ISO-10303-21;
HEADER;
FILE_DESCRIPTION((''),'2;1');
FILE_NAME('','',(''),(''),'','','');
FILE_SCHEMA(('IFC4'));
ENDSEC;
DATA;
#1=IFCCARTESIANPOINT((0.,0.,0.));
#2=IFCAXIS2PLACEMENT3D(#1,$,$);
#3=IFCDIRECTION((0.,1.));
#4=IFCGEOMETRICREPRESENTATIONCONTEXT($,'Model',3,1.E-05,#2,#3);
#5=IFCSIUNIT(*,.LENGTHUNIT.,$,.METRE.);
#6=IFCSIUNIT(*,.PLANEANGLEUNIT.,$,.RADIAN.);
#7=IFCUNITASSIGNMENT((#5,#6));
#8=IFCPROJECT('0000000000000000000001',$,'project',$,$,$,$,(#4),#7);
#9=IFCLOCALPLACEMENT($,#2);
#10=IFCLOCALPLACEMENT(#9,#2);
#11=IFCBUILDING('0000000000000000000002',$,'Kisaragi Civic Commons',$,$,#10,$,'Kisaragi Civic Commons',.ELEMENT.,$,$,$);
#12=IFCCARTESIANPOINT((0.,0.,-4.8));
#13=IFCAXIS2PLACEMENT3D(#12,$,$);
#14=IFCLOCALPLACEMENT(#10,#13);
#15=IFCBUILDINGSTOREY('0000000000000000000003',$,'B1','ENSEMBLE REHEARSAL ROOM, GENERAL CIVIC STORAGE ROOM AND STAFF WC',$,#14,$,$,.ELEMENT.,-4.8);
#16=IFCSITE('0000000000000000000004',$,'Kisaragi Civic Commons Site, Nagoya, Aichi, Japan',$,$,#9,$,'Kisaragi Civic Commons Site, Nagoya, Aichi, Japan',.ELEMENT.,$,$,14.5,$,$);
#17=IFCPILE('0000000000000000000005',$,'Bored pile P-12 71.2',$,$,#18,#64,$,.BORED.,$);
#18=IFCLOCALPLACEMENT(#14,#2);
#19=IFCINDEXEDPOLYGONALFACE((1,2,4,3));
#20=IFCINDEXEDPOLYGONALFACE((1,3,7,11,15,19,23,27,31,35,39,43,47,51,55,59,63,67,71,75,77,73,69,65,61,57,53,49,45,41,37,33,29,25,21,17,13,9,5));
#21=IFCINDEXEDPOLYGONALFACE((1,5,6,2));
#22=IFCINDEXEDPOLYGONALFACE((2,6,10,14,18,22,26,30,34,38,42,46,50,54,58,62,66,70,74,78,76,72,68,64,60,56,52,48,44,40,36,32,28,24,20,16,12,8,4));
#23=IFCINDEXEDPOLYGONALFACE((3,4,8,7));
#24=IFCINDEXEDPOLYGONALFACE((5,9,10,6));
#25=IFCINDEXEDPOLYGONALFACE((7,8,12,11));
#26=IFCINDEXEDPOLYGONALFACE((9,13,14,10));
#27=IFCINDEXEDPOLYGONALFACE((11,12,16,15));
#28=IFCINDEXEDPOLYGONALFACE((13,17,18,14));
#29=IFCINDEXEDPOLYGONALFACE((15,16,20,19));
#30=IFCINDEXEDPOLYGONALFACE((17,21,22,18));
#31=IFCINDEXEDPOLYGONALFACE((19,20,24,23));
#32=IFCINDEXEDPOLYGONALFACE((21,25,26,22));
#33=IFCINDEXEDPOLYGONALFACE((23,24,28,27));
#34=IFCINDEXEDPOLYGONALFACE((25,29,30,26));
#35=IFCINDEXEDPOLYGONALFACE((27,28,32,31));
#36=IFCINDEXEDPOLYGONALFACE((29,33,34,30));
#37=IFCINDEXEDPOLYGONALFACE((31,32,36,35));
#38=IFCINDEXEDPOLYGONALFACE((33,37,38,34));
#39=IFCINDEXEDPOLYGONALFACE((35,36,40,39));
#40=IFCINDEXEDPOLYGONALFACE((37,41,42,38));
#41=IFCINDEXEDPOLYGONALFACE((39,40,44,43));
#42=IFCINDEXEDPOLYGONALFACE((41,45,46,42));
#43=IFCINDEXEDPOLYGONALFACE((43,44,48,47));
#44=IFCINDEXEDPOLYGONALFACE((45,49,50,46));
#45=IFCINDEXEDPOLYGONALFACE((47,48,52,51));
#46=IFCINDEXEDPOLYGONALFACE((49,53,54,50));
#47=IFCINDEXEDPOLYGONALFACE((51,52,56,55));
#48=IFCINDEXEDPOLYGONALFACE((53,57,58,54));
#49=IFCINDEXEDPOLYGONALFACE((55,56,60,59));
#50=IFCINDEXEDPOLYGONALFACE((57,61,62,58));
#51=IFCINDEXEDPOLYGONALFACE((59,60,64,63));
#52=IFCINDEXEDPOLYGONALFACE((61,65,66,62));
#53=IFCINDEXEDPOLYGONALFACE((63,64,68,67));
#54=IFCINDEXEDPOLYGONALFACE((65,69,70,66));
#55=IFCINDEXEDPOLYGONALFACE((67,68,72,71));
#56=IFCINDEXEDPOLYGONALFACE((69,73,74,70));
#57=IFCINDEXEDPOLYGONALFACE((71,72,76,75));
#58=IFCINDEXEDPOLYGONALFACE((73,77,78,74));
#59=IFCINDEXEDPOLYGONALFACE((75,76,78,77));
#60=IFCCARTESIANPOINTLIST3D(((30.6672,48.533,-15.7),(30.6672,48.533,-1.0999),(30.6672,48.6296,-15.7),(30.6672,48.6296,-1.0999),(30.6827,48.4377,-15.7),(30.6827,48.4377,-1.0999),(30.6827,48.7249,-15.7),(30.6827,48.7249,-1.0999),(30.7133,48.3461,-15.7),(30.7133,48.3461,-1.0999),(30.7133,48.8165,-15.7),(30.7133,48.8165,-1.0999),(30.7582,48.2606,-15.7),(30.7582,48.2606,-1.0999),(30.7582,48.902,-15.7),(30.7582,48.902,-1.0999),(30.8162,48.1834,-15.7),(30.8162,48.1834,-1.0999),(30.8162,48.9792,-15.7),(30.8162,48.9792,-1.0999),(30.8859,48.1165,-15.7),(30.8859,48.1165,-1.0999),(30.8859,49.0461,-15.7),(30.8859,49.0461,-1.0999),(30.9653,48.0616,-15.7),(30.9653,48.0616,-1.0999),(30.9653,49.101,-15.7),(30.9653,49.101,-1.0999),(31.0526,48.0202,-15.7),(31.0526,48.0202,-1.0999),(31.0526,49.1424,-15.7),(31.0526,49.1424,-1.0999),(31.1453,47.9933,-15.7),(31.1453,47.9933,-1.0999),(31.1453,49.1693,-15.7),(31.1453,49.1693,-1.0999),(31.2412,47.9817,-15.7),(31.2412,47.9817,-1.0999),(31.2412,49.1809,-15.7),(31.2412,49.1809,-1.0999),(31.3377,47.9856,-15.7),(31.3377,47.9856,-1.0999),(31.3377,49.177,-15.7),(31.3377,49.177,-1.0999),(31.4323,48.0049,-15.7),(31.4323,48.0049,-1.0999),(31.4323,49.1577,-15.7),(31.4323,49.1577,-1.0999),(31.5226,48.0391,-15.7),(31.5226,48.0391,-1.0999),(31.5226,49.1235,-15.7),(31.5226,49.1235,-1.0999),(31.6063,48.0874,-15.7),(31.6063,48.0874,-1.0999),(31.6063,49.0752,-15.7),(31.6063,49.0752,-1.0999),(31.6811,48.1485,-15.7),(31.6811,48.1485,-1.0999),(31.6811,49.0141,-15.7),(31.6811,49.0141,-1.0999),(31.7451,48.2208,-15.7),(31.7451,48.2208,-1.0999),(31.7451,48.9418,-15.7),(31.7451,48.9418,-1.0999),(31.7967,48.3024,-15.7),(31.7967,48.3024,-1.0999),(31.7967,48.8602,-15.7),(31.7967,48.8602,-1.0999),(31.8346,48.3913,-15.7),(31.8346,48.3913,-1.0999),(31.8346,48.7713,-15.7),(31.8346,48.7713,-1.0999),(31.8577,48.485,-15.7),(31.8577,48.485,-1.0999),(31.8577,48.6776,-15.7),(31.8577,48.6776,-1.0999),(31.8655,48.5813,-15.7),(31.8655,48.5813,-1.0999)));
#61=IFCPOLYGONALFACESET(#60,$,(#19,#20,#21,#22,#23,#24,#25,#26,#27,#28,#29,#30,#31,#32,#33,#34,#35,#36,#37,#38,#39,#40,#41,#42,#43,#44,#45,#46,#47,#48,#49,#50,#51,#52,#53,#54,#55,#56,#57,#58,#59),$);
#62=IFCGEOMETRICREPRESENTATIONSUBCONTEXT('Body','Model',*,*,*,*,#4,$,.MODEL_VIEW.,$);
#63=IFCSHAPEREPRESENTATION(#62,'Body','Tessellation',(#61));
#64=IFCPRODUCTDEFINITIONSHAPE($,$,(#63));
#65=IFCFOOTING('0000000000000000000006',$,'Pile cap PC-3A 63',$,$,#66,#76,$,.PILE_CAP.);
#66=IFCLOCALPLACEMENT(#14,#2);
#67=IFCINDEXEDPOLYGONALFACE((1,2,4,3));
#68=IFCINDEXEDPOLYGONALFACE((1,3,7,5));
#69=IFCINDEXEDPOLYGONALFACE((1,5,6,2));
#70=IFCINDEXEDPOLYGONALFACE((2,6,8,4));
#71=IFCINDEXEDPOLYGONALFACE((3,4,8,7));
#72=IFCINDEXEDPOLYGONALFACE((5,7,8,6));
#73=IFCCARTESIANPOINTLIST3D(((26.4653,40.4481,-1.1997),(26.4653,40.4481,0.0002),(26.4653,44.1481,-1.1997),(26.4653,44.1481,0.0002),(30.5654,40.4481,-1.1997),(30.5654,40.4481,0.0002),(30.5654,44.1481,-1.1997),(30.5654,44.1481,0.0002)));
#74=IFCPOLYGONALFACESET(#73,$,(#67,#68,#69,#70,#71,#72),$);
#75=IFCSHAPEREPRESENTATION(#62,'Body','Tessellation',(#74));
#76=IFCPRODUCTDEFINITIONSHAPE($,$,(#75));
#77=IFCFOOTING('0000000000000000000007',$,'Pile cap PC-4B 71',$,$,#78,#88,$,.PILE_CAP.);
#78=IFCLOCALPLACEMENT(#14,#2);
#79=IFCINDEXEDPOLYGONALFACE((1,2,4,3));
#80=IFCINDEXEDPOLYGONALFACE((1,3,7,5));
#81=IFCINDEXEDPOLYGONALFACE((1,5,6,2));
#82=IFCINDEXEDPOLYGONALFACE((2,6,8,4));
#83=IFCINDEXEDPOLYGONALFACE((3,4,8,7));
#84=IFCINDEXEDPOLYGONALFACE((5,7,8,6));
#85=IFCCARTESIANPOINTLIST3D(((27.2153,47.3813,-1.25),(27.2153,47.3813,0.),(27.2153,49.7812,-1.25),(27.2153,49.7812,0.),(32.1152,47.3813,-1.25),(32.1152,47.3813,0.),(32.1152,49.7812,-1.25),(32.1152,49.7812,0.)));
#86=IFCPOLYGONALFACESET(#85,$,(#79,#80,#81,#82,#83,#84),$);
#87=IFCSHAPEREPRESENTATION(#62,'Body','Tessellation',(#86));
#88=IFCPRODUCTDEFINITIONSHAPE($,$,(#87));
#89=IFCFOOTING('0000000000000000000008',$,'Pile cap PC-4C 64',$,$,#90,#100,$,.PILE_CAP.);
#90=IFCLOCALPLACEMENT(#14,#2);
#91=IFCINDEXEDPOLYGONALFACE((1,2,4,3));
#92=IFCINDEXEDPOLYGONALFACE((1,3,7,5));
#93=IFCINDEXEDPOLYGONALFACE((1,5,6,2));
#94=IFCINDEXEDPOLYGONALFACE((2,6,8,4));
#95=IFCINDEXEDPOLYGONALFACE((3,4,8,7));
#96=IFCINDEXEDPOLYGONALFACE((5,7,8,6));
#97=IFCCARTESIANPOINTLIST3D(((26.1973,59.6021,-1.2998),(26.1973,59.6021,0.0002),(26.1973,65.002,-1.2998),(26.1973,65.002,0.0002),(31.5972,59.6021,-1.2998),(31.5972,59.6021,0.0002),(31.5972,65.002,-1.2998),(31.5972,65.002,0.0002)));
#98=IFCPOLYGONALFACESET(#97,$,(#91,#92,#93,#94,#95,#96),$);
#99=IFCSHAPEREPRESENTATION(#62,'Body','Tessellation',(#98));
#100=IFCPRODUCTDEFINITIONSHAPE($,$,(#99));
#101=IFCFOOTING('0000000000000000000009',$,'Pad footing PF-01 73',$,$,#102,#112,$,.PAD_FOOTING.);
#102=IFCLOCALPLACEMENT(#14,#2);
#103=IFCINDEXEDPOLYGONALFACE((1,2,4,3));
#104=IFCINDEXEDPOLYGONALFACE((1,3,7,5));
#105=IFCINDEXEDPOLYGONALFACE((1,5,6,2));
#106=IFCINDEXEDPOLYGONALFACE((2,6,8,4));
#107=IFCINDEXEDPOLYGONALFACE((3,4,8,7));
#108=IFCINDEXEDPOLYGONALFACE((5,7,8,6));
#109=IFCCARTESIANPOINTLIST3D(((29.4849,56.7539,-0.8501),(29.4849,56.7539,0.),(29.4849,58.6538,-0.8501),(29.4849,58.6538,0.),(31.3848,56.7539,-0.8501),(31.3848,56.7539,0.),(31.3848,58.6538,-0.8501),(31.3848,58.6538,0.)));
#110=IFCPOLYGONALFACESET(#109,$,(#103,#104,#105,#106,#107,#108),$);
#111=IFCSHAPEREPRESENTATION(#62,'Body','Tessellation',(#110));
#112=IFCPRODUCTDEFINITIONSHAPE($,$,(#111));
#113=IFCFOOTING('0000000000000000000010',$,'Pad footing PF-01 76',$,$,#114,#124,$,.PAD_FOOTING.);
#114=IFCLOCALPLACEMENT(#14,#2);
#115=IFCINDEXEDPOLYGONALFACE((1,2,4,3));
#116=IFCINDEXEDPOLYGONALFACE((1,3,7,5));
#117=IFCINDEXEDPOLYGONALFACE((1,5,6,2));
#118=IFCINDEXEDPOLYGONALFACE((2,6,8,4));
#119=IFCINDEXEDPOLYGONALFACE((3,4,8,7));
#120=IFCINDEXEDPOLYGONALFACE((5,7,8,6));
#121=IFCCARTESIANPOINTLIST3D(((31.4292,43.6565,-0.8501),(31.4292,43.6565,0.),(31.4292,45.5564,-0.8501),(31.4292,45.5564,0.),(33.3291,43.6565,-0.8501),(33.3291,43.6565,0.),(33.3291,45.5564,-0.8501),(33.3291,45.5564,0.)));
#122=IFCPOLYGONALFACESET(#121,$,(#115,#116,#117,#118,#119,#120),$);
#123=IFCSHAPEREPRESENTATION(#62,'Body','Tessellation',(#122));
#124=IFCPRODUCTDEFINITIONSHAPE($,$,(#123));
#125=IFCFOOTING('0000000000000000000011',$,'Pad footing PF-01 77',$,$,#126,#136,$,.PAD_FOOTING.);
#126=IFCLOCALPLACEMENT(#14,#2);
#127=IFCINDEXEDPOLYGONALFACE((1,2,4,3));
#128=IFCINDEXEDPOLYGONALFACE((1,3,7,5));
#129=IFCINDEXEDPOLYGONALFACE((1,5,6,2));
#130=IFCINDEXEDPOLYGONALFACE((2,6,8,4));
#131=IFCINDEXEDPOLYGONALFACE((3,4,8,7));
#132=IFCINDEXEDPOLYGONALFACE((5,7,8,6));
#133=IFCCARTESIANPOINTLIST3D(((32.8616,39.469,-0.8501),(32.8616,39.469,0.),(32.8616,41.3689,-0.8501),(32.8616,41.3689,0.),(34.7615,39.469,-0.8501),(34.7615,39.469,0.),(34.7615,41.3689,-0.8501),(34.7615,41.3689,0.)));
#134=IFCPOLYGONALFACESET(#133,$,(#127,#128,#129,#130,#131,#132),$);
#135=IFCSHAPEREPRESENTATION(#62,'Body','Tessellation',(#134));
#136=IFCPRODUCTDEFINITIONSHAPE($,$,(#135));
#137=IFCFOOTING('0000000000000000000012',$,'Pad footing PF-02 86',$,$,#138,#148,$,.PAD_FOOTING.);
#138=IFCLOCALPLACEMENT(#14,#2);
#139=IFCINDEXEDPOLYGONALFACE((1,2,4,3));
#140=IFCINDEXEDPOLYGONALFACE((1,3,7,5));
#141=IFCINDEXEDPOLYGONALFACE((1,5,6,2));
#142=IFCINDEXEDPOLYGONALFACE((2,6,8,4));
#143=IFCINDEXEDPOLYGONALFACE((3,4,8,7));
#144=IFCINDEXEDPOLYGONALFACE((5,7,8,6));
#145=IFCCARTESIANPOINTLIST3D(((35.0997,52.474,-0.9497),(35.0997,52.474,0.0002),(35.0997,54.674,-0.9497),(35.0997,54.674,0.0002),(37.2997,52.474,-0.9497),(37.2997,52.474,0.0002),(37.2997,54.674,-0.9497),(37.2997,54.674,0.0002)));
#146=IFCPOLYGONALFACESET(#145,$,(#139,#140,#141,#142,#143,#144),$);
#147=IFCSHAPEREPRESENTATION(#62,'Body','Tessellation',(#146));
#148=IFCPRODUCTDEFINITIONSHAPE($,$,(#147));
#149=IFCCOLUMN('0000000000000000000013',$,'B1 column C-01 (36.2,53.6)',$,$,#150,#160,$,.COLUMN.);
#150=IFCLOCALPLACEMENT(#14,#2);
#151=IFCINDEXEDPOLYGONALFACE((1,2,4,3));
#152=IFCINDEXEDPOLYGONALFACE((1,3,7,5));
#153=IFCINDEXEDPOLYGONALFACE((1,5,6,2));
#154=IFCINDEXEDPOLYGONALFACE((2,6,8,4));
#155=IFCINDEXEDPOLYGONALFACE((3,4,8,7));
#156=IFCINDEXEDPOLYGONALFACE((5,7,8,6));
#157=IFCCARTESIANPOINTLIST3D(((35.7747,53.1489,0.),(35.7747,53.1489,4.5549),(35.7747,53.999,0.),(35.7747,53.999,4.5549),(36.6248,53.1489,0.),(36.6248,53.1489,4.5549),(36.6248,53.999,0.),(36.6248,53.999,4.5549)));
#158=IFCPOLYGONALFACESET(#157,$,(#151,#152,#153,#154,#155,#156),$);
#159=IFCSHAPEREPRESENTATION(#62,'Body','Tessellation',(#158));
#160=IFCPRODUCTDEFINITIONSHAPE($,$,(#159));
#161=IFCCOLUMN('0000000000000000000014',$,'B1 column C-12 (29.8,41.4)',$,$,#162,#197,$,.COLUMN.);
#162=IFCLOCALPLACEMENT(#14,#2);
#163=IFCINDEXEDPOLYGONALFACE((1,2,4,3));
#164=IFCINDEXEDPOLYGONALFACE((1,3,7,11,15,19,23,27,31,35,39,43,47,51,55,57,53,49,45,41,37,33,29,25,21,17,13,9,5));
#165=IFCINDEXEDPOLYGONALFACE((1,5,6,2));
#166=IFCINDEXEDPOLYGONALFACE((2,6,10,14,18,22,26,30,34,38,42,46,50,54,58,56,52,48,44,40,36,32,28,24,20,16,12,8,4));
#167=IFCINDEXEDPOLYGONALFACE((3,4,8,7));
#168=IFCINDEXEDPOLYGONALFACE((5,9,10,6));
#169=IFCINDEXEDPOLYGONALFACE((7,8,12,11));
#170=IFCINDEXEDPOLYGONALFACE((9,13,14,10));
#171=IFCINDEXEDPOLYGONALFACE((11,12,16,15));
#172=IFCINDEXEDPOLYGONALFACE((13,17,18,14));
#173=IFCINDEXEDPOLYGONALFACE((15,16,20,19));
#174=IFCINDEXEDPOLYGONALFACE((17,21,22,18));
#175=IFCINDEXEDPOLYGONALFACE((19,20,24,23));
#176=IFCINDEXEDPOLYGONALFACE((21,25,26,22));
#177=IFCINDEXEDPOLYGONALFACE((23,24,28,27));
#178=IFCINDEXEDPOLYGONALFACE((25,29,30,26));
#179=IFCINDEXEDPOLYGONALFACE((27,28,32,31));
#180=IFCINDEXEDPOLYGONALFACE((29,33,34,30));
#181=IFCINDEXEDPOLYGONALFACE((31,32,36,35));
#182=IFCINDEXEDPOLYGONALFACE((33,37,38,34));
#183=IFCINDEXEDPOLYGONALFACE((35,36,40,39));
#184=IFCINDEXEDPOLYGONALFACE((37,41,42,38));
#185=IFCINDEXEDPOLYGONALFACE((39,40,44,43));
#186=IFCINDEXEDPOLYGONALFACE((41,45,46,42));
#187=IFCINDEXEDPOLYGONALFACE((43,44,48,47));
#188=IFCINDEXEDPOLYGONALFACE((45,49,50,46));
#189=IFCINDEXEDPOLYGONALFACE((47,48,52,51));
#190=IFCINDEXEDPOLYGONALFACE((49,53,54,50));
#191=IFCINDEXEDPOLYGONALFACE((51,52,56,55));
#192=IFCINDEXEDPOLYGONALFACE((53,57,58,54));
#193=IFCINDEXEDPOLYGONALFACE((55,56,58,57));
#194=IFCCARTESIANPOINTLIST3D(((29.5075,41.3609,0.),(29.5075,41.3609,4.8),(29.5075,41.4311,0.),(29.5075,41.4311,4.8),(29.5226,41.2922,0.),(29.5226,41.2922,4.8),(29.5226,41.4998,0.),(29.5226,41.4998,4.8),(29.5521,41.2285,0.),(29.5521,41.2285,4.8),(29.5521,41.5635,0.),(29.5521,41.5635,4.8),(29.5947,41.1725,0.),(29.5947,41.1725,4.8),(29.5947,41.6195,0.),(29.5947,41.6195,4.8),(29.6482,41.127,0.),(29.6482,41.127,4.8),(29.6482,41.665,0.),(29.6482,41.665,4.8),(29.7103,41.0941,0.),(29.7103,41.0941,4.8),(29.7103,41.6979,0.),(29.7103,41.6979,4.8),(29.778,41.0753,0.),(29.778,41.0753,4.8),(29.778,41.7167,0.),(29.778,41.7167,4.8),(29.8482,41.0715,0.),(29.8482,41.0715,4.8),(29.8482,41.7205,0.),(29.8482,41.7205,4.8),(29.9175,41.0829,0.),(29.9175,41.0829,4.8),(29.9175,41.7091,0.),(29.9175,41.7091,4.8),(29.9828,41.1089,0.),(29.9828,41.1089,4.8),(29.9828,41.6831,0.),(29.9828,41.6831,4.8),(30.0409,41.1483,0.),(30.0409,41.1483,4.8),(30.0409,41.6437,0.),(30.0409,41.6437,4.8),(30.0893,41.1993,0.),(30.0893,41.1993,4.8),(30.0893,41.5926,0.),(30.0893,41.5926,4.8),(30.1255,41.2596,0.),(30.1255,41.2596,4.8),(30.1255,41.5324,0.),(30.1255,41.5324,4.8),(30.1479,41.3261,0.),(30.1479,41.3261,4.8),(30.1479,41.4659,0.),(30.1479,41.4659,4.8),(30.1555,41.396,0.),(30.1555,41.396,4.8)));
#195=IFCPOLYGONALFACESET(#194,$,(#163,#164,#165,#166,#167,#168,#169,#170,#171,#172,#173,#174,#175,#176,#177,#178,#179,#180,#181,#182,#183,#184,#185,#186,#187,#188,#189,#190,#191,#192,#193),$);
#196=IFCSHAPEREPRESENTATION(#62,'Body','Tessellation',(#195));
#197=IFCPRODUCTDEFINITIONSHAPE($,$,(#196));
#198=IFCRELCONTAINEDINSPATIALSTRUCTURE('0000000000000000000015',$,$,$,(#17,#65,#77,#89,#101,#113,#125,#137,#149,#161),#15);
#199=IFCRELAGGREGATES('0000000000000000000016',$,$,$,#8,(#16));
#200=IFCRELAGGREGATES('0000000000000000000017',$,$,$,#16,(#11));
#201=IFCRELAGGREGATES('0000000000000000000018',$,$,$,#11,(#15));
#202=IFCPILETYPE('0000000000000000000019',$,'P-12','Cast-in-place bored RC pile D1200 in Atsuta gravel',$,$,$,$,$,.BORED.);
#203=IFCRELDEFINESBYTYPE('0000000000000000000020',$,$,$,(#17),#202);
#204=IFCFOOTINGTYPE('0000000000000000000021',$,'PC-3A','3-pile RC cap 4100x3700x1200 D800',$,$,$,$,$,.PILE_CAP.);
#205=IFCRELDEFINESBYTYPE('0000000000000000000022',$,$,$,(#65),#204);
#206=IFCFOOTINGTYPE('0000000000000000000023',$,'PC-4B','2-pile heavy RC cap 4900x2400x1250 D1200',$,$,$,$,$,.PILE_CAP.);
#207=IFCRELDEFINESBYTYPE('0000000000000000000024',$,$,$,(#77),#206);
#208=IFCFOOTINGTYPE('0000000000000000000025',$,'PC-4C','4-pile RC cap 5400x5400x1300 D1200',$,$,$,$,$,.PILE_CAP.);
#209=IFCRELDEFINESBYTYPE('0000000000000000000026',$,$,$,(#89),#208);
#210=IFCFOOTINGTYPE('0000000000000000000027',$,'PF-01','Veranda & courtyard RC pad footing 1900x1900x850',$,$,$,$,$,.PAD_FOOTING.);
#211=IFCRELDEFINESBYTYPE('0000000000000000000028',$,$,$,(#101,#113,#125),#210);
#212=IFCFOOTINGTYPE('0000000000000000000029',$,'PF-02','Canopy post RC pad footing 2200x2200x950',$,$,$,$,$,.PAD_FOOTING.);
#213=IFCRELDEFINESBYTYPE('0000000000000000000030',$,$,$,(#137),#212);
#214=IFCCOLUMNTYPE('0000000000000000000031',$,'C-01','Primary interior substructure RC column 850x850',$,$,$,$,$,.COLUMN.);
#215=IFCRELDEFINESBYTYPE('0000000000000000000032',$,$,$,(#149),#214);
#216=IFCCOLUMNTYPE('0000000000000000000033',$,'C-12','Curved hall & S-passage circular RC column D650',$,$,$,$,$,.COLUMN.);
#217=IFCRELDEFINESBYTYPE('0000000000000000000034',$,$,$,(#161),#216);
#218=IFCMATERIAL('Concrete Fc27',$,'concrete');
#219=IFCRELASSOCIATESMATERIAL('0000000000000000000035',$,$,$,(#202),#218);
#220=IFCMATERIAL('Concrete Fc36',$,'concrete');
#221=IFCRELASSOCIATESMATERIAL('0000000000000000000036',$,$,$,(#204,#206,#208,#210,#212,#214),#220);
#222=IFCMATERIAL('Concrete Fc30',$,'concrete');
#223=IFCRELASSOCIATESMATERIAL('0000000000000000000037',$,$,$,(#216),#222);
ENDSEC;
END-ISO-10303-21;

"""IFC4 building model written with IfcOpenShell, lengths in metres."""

from ifc_helpers import new_model, si_unit, direction, frame, origin, origin_2d, place, context, subcontext, project, spatial, rectangle, circle, extrude, material, material_profile, profile_set, type_object, element, save


model = new_model("IFC4")

# Units and contexts
model_context = context("Model", 3, precision=1e-05, world=origin(), true_north=direction((0.0, 1.0)))
body_context = subcontext(model_context, "Body", "Model", "MODEL_VIEW")
ifc_project = project(units=[si_unit("LENGTHUNIT", "METRE"), si_unit("PLANEANGLEUNIT", "RADIAN")], contexts=[model_context])

# Site, building, storey
site_placement = place(None, origin())
site = spatial("IfcSite", under=ifc_project, at=site_placement, Name="Kisaragi Civic Commons Site, Nagoya, Aichi, Japan", LongName="Kisaragi Civic Commons Site, Nagoya, Aichi, Japan", CompositionType="ELEMENT", RefElevation=14.5)
building_placement = place(site_placement, origin())
building = spatial("IfcBuilding", under=site, at=building_placement, Name="Kisaragi Civic Commons", LongName="Kisaragi Civic Commons", CompositionType="ELEMENT")
storey_placement = place(building_placement, frame((0.0, 0.0, -4.8)))
storey = spatial("IfcBuildingStorey", under=building, at=storey_placement, Name="B1", Description="ENSEMBLE REHEARSAL ROOM, GENERAL CIVIC STORAGE ROOM AND STAFF WC", CompositionType="ELEMENT", Elevation=-4.8)

# Shared definitions
ifc_material_1 = material(Name="Concrete Fc27", Category="concrete")

# Pile
ifc_material_profile_1 = material_profile(ifc_material_1, circle(Radius=0.6001, at=origin_2d()), Name="PILE-D1200", Category="concrete")
ifc_profile_set_1 = profile_set([ifc_material_profile_1], Name="Concrete Fc27")
pile_type_1 = type_object("IfcPileType", Name="P-12", Description="Cast-in-place bored RC pile D1200 in Atsuta gravel", PredefinedType="BORED", material=ifc_profile_set_1)
for number, where, z_axis, x_axis, name in (
    (1, (31.2654, 48.5813, -1.0999), (0.0, 0.0, -1.0), (1.0, 0.0, 0.0), "Bored pile P-12 71.2"),
):
    element("IfcPile", number, at=place(storey_placement, frame(where, z_axis=z_axis, x_axis=x_axis)), inside=storey, type_object=pile_type_1, Name=name, PredefinedType="BORED", context=body_context, shape_type="SweptSolid", body=[
        extrude(circle(Radius=0.6001, at=origin_2d()), origin(), (0.0, 0.0, 1.0), 14.6001),
    ])

# Footings
ifc_material_2 = material(Name="Concrete Fc36", Category="concrete")
footing_type_1 = type_object("IfcFootingType", Name="PC-3A", Description="3-pile RC cap 4100x3700x1200 D800", PredefinedType="PILE_CAP", material=ifc_material_2)
footing_1_placement = place(storey_placement, frame((28.5154, 42.2981, -1.1997), z_axis=(0.0, 0.0, 1.0), x_axis=(1.0, 0.0, 0.0)))
element("IfcFooting", 2, at=footing_1_placement, inside=storey, type_object=footing_type_1, Name="Pile cap PC-3A 63", PredefinedType="PILE_CAP", context=body_context, shape_type="SweptSolid", body=[
    extrude(rectangle(XDim=4.1001, YDim=3.7, at=origin_2d()), origin(), (0.0, 0.0, 1.0), 1.2),
])
footing_type_2 = type_object("IfcFootingType", Name="PC-4B", Description="2-pile heavy RC cap 4900x2400x1250 D1200", PredefinedType="PILE_CAP", material=ifc_material_2)
footing_2_placement = place(storey_placement, frame((29.6653, 48.5813, -1.25), z_axis=(0.0, 0.0, 1.0), x_axis=(1.0, 0.0, 0.0)))
element("IfcFooting", 3, at=footing_2_placement, inside=storey, type_object=footing_type_2, Name="Pile cap PC-4B 71", PredefinedType="PILE_CAP", context=body_context, shape_type="SweptSolid", body=[
    extrude(rectangle(XDim=4.8999, YDim=2.3999, at=origin_2d()), origin(), (0.0, 0.0, 1.0), 1.25),
])
footing_type_3 = type_object("IfcFootingType", Name="PC-4C", Description="4-pile RC cap 5400x5400x1300 D1200", PredefinedType="PILE_CAP", material=ifc_material_2)
footing_3_placement = place(storey_placement, frame((28.8972, 62.302, -1.2998), z_axis=(0.0, 0.0, 1.0), x_axis=(1.0, 0.0, 0.0)))
element("IfcFooting", 4, at=footing_3_placement, inside=storey, type_object=footing_type_3, Name="Pile cap PC-4C 64", PredefinedType="PILE_CAP", context=body_context, shape_type="SweptSolid", body=[
    extrude(rectangle(XDim=5.3999, YDim=5.3999, at=origin_2d()), origin(), (0.0, 0.0, 1.0), 1.3),
])
footing_type_4 = type_object("IfcFootingType", Name="PF-01", Description="Veranda & courtyard RC pad footing 1900x1900x850", PredefinedType="PAD_FOOTING", material=ifc_material_2)
for number, where, z_axis, x_axis, name in (
    (5, (30.4348, 57.7039, -0.8501), (0.0, 0.0, 1.0), (1.0, 0.0, 0.0), "Pad footing PF-01 73"),
    (6, (32.3792, 44.6064, -0.8501), (0.0, 0.0, 1.0), (1.0, 0.0, 0.0), "Pad footing PF-01 76"),
    (7, (33.8115, 40.4189, -0.8501), (0.0, 0.0, 1.0), (1.0, 0.0, 0.0), "Pad footing PF-01 77"),
):
    element("IfcFooting", number, at=place(storey_placement, frame(where, z_axis=z_axis, x_axis=x_axis)), inside=storey, type_object=footing_type_4, Name=name, PredefinedType="PAD_FOOTING", context=body_context, shape_type="SweptSolid", body=[
        extrude(rectangle(XDim=1.8999, YDim=1.8999, at=origin_2d()), origin(), (0.0, 0.0, 1.0), 0.8501),
    ])
footing_type_5 = type_object("IfcFootingType", Name="PF-02", Description="Canopy post RC pad footing 2200x2200x950", PredefinedType="PAD_FOOTING", material=ifc_material_2)
footing_4_placement = place(storey_placement, frame((36.1997, 53.574, -0.9497), z_axis=(0.0, 0.0, 1.0), x_axis=(1.0, 0.0, 0.0)))
element("IfcFooting", 8, at=footing_4_placement, inside=storey, type_object=footing_type_5, Name="Pad footing PF-02 86", PredefinedType="PAD_FOOTING", context=body_context, shape_type="SweptSolid", body=[
    extrude(rectangle(XDim=2.2, YDim=2.2, at=origin_2d()), origin(), (0.0, 0.0, 1.0), 0.95),
])

# Columns
ifc_material_profile_2 = material_profile(ifc_material_2, rectangle(XDim=0.8501, YDim=0.8501, at=origin_2d()), Name="RC-850x850", Category="concrete")
ifc_profile_set_2 = profile_set([ifc_material_profile_2], Name="Concrete Fc36")
column_type_1 = type_object("IfcColumnType", Name="C-01", Description="Primary interior substructure RC column 850x850", PredefinedType="COLUMN", material=ifc_profile_set_2)
column_1_placement = place(storey_placement, frame((36.1997, 53.574, 0.0), z_axis=(0.0, 0.0, 1.0), x_axis=(1.0, 0.0, 0.0)))
element("IfcColumn", 9, at=column_1_placement, inside=storey, type_object=column_type_1, Name="B1 column C-01 (36.2,53.6)", PredefinedType="COLUMN", context=body_context, shape_type="SweptSolid", body=[
    extrude(rectangle(XDim=0.8501, YDim=0.8501, at=origin_2d()), origin(), (0.0, 0.0, 1.0), 4.5549),
])
ifc_material_3 = material(Name="Concrete Fc30", Category="concrete")
ifc_material_profile_3 = material_profile(ifc_material_3, circle(Radius=0.325, at=origin_2d()), Name="RC-D650", Category="concrete")
ifc_profile_set_3 = profile_set([ifc_material_profile_3], Name="Concrete Fc30")
column_type_2 = type_object("IfcColumnType", Name="C-12", Description="Curved hall & S-passage circular RC column D650", PredefinedType="COLUMN", material=ifc_profile_set_3)
column_2_placement = place(storey_placement, frame((29.8306, 41.396, 0.0), z_axis=(0.0, 0.0, 1.0), x_axis=(1.0, 0.0, 0.0)))
element("IfcColumn", 10, at=column_2_placement, inside=storey, type_object=column_type_2, Name="B1 column C-12 (29.8,41.4)", PredefinedType="COLUMN", context=body_context, shape_type="SweptSolid", body=[
    extrude(circle(Radius=0.325, at=origin_2d()), origin(), (0.0, 0.0, 1.0), 4.8),
])

save(model, "model.ifc")
